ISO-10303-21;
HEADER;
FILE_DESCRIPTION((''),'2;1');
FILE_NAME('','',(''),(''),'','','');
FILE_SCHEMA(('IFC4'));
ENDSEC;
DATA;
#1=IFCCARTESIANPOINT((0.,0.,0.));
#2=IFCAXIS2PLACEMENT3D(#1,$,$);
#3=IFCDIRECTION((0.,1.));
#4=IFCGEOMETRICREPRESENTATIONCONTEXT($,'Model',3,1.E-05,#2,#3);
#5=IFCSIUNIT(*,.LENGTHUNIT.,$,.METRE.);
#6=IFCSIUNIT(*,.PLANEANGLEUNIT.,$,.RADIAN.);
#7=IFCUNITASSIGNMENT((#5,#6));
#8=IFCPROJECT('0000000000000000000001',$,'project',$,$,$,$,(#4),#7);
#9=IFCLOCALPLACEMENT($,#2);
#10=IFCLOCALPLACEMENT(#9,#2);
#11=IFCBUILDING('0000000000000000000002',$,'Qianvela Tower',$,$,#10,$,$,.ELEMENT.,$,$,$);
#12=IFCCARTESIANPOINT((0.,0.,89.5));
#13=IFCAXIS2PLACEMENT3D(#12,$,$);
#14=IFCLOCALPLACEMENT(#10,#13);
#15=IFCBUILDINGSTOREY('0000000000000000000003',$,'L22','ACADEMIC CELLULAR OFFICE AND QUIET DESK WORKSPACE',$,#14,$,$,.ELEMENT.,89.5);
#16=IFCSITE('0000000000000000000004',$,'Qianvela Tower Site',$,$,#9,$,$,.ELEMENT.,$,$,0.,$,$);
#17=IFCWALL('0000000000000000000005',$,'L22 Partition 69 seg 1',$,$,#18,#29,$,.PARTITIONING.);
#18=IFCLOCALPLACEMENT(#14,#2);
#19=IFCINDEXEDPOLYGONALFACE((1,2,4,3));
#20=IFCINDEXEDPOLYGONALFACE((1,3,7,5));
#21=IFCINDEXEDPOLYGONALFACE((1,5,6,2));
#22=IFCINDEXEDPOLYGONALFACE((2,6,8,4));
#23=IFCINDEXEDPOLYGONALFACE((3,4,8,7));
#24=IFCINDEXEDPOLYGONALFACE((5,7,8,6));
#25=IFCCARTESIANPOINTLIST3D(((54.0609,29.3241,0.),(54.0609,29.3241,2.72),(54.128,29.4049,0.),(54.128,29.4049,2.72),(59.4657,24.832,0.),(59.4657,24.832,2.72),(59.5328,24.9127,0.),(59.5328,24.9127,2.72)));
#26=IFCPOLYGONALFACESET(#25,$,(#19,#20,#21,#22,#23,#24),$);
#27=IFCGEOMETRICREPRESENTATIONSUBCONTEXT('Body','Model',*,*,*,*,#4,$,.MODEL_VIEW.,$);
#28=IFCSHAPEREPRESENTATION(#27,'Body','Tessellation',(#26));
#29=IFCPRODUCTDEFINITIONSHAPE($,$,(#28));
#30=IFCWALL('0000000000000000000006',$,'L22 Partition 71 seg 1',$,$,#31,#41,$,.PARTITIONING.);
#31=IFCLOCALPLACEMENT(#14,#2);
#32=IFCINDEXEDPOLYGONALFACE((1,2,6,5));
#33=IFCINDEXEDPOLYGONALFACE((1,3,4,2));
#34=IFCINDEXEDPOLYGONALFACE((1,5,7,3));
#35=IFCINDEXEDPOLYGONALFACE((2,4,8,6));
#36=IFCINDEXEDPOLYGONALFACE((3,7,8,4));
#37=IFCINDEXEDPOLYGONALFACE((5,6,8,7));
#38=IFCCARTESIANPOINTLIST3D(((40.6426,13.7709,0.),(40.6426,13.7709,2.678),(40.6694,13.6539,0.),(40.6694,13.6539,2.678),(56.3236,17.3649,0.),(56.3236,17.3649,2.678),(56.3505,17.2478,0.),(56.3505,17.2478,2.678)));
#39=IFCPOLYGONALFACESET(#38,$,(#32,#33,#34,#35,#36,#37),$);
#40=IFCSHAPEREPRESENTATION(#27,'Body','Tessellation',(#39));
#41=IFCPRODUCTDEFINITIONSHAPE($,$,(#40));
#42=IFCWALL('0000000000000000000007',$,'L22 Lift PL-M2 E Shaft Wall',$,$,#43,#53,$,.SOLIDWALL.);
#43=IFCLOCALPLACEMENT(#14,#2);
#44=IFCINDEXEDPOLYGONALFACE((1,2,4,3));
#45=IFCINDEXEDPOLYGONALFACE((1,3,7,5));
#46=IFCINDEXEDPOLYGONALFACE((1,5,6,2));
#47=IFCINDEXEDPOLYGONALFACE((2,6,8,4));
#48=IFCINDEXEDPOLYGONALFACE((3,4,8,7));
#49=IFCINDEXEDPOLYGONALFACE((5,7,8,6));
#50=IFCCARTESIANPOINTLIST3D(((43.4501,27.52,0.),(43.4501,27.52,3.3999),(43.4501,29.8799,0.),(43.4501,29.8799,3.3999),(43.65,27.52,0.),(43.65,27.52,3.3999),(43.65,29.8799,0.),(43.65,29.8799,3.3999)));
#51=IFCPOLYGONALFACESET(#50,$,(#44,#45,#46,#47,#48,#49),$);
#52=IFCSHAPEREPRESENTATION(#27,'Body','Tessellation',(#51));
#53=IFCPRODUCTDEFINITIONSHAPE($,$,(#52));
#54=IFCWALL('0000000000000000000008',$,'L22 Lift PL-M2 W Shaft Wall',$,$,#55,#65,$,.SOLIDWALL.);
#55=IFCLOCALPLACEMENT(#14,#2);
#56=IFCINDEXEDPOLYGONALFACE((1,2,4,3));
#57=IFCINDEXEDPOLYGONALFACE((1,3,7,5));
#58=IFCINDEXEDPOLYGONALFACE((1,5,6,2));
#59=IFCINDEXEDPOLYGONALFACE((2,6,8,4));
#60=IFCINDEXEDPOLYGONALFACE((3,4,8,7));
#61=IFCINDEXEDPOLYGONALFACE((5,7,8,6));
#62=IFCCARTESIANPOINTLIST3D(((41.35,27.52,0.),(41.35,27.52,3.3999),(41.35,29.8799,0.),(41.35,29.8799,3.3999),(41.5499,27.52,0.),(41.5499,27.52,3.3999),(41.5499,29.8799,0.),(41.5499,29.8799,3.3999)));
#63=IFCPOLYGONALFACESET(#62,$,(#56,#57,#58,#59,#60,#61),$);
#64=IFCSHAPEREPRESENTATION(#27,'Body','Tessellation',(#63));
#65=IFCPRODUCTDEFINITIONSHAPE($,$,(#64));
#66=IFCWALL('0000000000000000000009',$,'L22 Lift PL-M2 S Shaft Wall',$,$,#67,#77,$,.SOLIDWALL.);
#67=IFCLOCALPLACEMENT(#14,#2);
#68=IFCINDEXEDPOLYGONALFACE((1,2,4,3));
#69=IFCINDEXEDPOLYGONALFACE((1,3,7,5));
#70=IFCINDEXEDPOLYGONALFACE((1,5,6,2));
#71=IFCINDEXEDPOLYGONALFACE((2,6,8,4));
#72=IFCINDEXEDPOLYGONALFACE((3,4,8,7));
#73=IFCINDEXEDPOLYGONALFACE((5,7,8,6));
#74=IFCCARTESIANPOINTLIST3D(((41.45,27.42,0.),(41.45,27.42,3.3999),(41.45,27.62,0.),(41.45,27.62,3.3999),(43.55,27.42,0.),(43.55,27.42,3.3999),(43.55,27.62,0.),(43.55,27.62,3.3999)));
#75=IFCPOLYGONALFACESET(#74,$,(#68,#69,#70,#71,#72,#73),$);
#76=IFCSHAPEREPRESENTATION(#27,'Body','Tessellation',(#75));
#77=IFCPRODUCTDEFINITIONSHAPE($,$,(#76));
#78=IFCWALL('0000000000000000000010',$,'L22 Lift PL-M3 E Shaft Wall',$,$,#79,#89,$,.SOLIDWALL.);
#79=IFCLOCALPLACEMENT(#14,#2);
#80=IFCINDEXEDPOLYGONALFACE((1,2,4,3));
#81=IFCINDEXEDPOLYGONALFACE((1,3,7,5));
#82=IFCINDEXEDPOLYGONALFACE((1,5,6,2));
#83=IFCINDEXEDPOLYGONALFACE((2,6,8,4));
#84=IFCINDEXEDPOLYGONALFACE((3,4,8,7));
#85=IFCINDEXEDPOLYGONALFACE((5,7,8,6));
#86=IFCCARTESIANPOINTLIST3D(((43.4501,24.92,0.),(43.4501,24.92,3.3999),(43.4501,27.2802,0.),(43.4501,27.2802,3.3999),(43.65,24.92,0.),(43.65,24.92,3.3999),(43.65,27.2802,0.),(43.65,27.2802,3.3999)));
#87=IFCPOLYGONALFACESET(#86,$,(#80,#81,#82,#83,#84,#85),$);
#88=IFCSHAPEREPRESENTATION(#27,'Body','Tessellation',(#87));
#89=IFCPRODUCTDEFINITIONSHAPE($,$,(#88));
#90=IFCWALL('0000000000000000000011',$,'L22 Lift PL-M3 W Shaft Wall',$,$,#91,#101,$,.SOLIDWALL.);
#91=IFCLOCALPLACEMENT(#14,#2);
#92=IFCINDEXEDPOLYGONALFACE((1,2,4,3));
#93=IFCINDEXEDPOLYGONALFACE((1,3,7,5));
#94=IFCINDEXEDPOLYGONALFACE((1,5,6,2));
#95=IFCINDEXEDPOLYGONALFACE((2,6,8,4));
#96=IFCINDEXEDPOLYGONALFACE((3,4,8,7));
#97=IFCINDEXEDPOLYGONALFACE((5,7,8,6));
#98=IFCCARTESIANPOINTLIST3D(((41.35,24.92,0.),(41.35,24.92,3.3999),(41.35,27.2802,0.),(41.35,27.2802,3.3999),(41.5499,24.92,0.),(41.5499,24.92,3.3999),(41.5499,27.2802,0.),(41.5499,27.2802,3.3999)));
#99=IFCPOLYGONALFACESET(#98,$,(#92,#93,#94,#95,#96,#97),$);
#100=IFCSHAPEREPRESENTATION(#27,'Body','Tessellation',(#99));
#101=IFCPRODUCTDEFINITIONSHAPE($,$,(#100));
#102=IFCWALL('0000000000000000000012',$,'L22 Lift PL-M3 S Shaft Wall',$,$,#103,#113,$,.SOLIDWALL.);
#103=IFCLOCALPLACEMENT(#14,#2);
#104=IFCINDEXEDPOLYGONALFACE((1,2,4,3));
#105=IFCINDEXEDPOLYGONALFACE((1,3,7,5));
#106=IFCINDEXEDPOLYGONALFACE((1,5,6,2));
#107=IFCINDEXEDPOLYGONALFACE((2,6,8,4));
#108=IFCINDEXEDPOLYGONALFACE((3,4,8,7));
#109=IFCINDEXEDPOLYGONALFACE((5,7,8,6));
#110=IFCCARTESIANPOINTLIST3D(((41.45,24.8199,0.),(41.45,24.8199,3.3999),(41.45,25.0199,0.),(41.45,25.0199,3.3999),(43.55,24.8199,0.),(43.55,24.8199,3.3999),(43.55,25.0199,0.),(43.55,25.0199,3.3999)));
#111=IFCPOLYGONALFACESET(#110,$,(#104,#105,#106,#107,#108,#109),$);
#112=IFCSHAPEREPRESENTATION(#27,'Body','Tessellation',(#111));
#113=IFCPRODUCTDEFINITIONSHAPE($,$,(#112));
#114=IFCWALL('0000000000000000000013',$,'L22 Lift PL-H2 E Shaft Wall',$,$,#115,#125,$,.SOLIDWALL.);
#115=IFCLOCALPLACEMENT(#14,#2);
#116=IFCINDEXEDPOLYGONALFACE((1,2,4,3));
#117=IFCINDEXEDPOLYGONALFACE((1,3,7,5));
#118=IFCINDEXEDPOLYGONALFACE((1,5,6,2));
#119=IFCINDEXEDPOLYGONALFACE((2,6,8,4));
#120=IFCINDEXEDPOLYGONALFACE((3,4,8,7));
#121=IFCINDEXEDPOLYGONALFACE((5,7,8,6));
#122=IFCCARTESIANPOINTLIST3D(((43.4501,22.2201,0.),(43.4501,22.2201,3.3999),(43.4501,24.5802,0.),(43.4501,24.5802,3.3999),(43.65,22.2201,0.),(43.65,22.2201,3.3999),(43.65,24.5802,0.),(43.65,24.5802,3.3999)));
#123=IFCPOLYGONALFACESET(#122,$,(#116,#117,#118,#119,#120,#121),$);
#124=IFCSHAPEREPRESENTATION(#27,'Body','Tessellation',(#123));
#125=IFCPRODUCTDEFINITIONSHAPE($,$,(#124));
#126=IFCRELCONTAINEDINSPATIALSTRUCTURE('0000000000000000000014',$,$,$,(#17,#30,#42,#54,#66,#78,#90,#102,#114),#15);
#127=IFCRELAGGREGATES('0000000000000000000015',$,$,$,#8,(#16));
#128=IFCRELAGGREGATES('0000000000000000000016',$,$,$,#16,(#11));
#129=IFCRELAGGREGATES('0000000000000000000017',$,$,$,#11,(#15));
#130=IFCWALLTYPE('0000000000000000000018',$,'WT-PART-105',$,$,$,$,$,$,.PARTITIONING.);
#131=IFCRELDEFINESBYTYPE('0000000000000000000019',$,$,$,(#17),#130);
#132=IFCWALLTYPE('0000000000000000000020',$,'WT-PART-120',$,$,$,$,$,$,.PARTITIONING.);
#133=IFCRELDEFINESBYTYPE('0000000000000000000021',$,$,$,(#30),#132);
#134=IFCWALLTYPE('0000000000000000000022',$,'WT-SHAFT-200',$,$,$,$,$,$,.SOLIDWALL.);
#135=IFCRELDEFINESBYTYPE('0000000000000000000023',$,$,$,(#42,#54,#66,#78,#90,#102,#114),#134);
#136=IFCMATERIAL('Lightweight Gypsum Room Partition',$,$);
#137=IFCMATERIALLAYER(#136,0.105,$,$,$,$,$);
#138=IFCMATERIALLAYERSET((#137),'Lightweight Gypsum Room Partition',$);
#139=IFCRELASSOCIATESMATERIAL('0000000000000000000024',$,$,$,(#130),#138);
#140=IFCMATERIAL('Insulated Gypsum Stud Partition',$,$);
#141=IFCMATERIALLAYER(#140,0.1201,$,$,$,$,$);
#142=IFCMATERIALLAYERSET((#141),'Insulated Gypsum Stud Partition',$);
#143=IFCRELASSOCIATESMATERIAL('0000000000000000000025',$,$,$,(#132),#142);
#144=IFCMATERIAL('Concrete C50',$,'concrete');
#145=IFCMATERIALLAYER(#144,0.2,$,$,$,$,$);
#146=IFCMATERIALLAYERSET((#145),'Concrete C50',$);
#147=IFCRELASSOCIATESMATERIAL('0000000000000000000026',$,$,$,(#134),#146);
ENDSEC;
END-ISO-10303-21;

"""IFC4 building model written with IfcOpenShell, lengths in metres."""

from ifc_helpers import new_model, si_unit, direction, frame, frame_2d, origin, place, context, subcontext, project, spatial, rectangle, extrude, material, layer, layer_set, type_object, element, save


model = new_model("IFC4")

# Units and contexts
model_context = context("Model", 3, precision=1e-05, world=origin(), true_north=direction((0.0, 1.0)))
body_context = subcontext(model_context, "Body", "Model", "MODEL_VIEW")
ifc_project = project(units=[si_unit("LENGTHUNIT", "METRE"), si_unit("PLANEANGLEUNIT", "RADIAN")], contexts=[model_context])

# Site, building, storey
site_placement = place(None, origin())
site = spatial("IfcSite", under=ifc_project, at=site_placement, Name="Qianvela Tower Site", CompositionType="ELEMENT", RefElevation=0.0)
building_placement = place(site_placement, origin())
building = spatial("IfcBuilding", under=site, at=building_placement, Name="Qianvela Tower", CompositionType="ELEMENT")
storey_placement = place(building_placement, frame((0.0, 0.0, 89.5)))
storey = spatial("IfcBuildingStorey", under=building, at=storey_placement, Name="L22", Description="ACADEMIC CELLULAR OFFICE AND QUIET DESK WORKSPACE", CompositionType="ELEMENT", Elevation=89.5)

# Walls
ifc_material_1 = material(Name="Lightweight Gypsum Room Partition")
ifc_layer_1 = layer(ifc_material_1, 0.105)
ifc_layer_set_1 = layer_set([ifc_layer_1], Name="Lightweight Gypsum Room Partition")
wall_type_1 = type_object("IfcWallType", Name="WT-PART-105", PredefinedType="PARTITIONING", material=ifc_layer_set_1)
wall_1_placement = place(storey_placement, frame((54.0945, 29.3645, 0.0), z_axis=(0.0, 0.0, 1.0), x_axis=(0.769046, -0.639193, 0.0)))
element("IfcWall", 1, at=wall_1_placement, inside=storey, type_object=wall_type_1, Name="L22 Partition 69 seg 1", PredefinedType="PARTITIONING", context=body_context, shape_type="SweptSolid", body=[
    extrude(rectangle(XDim=7.0278, YDim=0.105, at=frame_2d((3.5139, 0.0))), origin(), (0.0, 0.0, 1.0), 2.72),
])
ifc_material_2 = material(Name="Insulated Gypsum Stud Partition")
ifc_layer_2 = layer(ifc_material_2, 0.1201)
ifc_layer_set_2 = layer_set([ifc_layer_2], Name="Insulated Gypsum Stud Partition")
wall_type_2 = type_object("IfcWallType", Name="WT-PART-120", PredefinedType="PARTITIONING", material=ifc_layer_set_2)
wall_2_placement = place(storey_placement, frame((56.3372, 17.3064, 0.0), z_axis=(0.0, 0.0, 1.0), x_axis=(-0.974727, -0.2234, 0.0)))
element("IfcWall", 2, at=wall_2_placement, inside=storey, type_object=wall_type_2, Name="L22 Partition 71 seg 1", PredefinedType="PARTITIONING", context=body_context, shape_type="SweptSolid", body=[
    extrude(rectangle(XDim=16.0876, YDim=0.1201, at=frame_2d((8.0439, 0.0))), origin(), (0.0, 0.0, 1.0), 2.678),
])
ifc_material_3 = material(Name="Concrete C50", Category="concrete")
ifc_layer_3 = layer(ifc_material_3, 0.2)
ifc_layer_set_3 = layer_set([ifc_layer_3], Name="Concrete C50")
wall_type_3 = type_object("IfcWallType", Name="WT-SHAFT-200", PredefinedType="SOLIDWALL", material=ifc_layer_set_3)
for number, where, z_axis, x_axis, name in (
    (3, (43.55, 27.52, 0.0), (0.0, 0.0, 1.0), (0.0, 1.0, 0.0), "L22 Lift PL-M2 E Shaft Wall"),
    (4, (41.45, 27.52, 0.0), (0.0, 0.0, 1.0), (0.0, 1.0, 0.0), "L22 Lift PL-M2 W Shaft Wall"),
):
    element("IfcWall", number, at=place(storey_placement, frame(where, z_axis=z_axis, x_axis=x_axis)), inside=storey, type_object=wall_type_3, Name=name, PredefinedType="SOLIDWALL", context=body_context, shape_type="SweptSolid", body=[
        extrude(rectangle(XDim=2.3599, YDim=0.2, at=frame_2d((1.1799, 0.0))), origin(), (0.0, 0.0, 1.0), 3.3999),
    ])
wall_3_placement = place(storey_placement, frame((41.45, 27.52, 0.0), z_axis=(0.0, 0.0, 1.0), x_axis=(1.0, 0.0, 0.0)))
element("IfcWall", 5, at=wall_3_placement, inside=storey, type_object=wall_type_3, Name="L22 Lift PL-M2 S Shaft Wall", PredefinedType="SOLIDWALL", context=body_context, shape_type="SweptSolid", body=[
    extrude(rectangle(XDim=2.1001, YDim=0.2, at=frame_2d((1.05, 0.0))), origin(), (0.0, 0.0, 1.0), 3.3999),
])
for number, where, z_axis, x_axis, name in (
    (6, (43.55, 24.9199, 0.0), (0.0, 0.0, 1.0), (0.0, 1.0, 0.0), "L22 Lift PL-M3 E Shaft Wall"),
    (7, (41.45, 24.9199, 0.0), (0.0, 0.0, 1.0), (0.0, 1.0, 0.0), "L22 Lift PL-M3 W Shaft Wall"),
):
    element("IfcWall", number, at=place(storey_placement, frame(where, z_axis=z_axis, x_axis=x_axis)), inside=storey, type_object=wall_type_3, Name=name, PredefinedType="SOLIDWALL", context=body_context, shape_type="SweptSolid", body=[
        extrude(rectangle(XDim=2.3601, YDim=0.2, at=frame_2d((1.1802, 0.0))), origin(), (0.0, 0.0, 1.0), 3.3999),
    ])
wall_4_placement = place(storey_placement, frame((41.45, 24.9199, 0.0), z_axis=(0.0, 0.0, 1.0), x_axis=(1.0, 0.0, 0.0)))
element("IfcWall", 8, at=wall_4_placement, inside=storey, type_object=wall_type_3, Name="L22 Lift PL-M3 S Shaft Wall", PredefinedType="SOLIDWALL", context=body_context, shape_type="SweptSolid", body=[
    extrude(rectangle(XDim=2.1001, YDim=0.2, at=frame_2d((1.05, 0.0))), origin(), (0.0, 0.0, 1.0), 3.3999),
])
wall_5_placement = place(storey_placement, frame((43.55, 22.22, 0.0), z_axis=(0.0, 0.0, 1.0), x_axis=(0.0, 1.0, 0.0)))
element("IfcWall", 9, at=wall_5_placement, inside=storey, type_object=wall_type_3, Name="L22 Lift PL-H2 E Shaft Wall", PredefinedType="SOLIDWALL", context=body_context, shape_type="SweptSolid", body=[
    extrude(rectangle(XDim=2.3601, YDim=0.2, at=frame_2d((1.1802, 0.0))), origin(), (0.0, 0.0, 1.0), 3.3999),
])

save(model, "model.ifc")
